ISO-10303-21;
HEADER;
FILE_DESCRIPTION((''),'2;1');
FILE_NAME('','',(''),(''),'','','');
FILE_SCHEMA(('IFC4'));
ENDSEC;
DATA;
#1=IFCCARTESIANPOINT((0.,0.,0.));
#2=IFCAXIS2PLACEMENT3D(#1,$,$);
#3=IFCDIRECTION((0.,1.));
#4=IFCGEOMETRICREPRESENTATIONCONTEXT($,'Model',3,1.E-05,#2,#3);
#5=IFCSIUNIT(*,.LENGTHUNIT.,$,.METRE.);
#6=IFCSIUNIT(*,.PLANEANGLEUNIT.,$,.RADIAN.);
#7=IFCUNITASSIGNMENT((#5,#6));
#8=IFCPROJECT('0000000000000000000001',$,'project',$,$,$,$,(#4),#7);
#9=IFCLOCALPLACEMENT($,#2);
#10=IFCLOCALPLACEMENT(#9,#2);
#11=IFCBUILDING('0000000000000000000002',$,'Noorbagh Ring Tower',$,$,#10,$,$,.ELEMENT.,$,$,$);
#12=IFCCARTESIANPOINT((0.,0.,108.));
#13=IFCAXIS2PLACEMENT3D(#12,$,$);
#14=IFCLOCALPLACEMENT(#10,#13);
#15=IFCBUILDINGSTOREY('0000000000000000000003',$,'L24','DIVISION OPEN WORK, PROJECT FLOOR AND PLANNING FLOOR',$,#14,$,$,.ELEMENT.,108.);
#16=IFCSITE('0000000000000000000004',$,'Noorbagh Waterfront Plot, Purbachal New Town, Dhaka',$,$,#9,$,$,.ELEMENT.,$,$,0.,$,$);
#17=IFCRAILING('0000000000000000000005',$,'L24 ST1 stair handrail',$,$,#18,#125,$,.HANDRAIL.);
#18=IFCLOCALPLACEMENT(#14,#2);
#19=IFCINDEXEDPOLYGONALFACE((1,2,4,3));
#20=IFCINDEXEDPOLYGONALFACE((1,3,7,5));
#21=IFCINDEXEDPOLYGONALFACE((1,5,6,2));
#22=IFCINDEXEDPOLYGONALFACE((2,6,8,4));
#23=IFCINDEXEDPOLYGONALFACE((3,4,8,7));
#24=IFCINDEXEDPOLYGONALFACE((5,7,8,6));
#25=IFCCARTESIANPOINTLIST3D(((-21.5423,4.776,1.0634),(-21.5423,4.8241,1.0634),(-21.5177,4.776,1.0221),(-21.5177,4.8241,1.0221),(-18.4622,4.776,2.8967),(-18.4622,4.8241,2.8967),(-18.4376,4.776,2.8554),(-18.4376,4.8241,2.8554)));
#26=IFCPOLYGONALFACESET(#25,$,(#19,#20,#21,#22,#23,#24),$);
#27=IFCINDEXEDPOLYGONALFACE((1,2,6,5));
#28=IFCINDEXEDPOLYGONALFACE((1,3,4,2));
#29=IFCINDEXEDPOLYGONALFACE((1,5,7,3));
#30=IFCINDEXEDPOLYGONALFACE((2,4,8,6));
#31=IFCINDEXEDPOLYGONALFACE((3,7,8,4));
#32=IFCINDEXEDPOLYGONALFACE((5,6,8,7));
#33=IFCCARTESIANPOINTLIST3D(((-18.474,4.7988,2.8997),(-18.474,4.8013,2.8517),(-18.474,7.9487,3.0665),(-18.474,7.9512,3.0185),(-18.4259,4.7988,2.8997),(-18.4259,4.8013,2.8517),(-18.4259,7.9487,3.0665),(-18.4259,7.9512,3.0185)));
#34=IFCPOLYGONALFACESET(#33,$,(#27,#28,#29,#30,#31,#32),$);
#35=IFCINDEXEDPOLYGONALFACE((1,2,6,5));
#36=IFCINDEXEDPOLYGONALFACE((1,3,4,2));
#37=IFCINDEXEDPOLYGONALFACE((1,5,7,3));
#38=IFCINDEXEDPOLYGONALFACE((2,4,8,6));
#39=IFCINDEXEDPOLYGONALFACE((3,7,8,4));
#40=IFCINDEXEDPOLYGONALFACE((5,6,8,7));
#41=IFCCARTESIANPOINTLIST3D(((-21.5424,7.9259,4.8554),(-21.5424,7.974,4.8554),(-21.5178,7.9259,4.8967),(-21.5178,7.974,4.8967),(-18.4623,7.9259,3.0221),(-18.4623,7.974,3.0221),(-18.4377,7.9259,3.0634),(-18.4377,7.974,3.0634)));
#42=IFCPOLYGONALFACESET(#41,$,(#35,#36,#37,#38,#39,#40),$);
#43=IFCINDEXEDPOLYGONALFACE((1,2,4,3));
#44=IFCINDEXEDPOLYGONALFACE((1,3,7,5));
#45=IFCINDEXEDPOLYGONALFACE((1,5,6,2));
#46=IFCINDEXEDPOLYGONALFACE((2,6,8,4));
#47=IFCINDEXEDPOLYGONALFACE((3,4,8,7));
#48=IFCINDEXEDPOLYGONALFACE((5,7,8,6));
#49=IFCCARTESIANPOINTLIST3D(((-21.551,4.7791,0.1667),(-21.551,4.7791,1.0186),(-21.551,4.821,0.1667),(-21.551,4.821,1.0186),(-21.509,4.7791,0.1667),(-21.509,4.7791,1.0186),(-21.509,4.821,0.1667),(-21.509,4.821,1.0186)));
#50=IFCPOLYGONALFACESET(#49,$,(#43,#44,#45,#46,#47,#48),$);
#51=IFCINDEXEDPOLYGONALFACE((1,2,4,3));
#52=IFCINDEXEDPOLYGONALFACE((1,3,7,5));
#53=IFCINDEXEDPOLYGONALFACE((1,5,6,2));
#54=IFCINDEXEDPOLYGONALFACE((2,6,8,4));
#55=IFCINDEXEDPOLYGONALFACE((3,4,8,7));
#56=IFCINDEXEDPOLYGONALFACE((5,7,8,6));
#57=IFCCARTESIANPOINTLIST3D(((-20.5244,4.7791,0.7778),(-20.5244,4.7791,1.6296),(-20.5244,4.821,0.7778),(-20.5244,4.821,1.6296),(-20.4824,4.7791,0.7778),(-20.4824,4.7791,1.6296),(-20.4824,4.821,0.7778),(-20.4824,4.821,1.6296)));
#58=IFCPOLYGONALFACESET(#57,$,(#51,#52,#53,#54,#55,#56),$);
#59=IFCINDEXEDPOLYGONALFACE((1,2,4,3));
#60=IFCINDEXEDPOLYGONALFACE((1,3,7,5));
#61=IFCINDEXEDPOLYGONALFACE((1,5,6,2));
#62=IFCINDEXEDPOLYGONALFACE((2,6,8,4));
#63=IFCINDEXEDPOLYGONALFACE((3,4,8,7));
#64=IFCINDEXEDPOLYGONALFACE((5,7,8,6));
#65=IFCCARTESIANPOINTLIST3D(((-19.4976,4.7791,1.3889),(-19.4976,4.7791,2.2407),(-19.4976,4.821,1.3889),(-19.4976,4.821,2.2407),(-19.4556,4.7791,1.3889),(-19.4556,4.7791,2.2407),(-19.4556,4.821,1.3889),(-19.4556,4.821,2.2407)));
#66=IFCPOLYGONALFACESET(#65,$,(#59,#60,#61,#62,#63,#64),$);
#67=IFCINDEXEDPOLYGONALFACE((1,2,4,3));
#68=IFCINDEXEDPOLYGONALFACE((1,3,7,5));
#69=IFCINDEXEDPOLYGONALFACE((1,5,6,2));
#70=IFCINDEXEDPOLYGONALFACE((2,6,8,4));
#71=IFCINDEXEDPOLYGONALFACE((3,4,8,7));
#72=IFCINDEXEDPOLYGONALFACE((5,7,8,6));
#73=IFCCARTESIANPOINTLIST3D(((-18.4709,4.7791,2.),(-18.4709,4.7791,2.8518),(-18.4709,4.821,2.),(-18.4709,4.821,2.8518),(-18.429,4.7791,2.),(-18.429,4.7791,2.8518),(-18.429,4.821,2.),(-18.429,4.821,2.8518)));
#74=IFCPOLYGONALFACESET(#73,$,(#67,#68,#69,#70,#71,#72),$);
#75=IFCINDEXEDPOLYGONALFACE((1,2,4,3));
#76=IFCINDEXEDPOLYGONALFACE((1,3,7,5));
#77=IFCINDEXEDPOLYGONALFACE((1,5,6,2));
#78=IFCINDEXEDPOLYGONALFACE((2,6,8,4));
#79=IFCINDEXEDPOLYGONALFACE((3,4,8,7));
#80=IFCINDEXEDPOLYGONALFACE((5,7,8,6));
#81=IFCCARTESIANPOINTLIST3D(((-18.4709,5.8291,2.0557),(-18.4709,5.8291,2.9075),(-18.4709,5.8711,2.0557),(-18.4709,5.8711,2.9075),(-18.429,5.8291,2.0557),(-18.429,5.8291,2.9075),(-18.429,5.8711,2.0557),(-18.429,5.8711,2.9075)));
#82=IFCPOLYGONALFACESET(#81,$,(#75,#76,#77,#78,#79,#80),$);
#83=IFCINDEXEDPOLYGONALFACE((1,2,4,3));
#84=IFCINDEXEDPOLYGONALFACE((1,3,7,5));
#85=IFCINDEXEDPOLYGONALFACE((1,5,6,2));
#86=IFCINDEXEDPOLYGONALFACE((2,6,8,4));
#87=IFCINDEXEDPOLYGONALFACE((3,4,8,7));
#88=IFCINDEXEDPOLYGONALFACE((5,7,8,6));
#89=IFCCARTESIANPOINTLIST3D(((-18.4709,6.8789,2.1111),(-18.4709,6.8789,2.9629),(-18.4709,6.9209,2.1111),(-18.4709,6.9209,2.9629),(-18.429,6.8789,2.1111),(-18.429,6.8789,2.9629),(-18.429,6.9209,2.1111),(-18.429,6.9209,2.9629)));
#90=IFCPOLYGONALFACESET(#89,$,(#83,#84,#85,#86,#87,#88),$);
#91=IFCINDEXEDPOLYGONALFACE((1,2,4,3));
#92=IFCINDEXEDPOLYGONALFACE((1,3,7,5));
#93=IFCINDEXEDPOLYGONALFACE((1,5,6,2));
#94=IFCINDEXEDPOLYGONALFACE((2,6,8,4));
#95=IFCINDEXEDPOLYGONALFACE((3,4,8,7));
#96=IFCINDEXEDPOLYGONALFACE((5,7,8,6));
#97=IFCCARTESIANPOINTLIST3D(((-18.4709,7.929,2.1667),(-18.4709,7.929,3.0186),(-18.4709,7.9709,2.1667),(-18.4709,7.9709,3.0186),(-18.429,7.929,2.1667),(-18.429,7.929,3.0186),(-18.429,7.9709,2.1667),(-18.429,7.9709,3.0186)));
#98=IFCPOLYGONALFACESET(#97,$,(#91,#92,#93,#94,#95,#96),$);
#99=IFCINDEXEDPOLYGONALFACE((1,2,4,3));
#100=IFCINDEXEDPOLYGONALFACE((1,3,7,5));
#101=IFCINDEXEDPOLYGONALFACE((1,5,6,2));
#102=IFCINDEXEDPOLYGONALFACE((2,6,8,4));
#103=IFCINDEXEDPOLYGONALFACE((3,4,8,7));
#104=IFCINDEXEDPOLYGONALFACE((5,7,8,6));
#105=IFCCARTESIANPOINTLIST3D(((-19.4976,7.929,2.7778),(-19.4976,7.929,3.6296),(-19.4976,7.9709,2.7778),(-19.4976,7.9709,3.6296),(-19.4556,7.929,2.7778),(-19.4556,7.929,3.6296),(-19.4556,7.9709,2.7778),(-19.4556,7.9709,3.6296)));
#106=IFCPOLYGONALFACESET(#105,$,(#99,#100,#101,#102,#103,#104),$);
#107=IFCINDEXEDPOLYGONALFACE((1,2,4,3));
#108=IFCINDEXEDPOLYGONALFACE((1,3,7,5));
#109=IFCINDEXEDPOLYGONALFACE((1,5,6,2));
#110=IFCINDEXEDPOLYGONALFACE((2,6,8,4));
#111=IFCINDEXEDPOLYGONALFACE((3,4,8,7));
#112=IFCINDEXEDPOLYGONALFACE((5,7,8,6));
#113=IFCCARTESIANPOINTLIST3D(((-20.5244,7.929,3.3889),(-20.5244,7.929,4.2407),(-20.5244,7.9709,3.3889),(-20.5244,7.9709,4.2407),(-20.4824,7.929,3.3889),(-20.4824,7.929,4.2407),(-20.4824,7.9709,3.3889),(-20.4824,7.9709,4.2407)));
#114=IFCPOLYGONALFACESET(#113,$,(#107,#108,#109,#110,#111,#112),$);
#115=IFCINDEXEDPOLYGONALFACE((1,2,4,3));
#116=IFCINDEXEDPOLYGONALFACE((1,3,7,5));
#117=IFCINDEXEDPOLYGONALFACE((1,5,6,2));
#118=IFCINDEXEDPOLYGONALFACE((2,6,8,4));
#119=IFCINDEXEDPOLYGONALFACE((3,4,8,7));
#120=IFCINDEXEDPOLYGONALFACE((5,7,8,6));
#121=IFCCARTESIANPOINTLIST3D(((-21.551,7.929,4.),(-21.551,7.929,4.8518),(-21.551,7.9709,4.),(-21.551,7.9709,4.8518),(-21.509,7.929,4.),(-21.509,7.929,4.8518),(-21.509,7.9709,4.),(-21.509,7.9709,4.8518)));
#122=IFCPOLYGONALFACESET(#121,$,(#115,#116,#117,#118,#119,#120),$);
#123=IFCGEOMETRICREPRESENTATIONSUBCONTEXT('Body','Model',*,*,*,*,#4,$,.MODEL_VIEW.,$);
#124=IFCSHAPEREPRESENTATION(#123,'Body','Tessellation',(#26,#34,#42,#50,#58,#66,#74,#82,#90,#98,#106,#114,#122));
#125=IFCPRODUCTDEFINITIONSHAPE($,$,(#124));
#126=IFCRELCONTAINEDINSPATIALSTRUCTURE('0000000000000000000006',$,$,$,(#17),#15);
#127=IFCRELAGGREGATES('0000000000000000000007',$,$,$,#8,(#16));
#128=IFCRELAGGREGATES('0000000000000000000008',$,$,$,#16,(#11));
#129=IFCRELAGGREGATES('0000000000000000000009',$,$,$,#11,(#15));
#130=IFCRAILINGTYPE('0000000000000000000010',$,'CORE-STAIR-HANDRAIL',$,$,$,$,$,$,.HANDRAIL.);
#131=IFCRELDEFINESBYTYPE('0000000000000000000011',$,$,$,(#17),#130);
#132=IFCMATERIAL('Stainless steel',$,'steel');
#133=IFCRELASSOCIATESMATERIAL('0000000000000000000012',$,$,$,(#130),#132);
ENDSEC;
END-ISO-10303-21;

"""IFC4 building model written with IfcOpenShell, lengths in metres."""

from ifc_helpers import new_model, si_unit, direction, frame, origin, origin_2d, place, context, subcontext, project, spatial, rectangle, extrude, material, type_object, element, save


model = new_model("IFC4")

# Units and contexts
model_context = context("Model", 3, precision=1e-05, world=origin(), true_north=direction((0.0, 1.0)))
body_context = subcontext(model_context, "Body", "Model", "MODEL_VIEW")
ifc_project = project(units=[si_unit("LENGTHUNIT", "METRE"), si_unit("PLANEANGLEUNIT", "RADIAN")], contexts=[model_context])

# Site, building, storey
site_placement = place(None, origin())
site = spatial("IfcSite", under=ifc_project, at=site_placement, Name="Noorbagh Waterfront Plot, Purbachal New Town, Dhaka", CompositionType="ELEMENT", RefElevation=0.0)
building_placement = place(site_placement, origin())
building = spatial("IfcBuilding", under=site, at=building_placement, Name="Noorbagh Ring Tower", CompositionType="ELEMENT")
storey_placement = place(building_placement, frame((0.0, 0.0, 108.0)))
storey = spatial("IfcBuildingStorey", under=building, at=storey_placement, Name="L24", Description="DIVISION OPEN WORK, PROJECT FLOOR AND PLANNING FLOOR", CompositionType="ELEMENT", Elevation=108.0)

# Railing
ifc_material_1 = material(Name="Stainless steel", Category="steel")
railing_type_1 = type_object("IfcRailingType", Name="CORE-STAIR-HANDRAIL", PredefinedType="HANDRAIL", material=ifc_material_1)
railing_1_placement = place(storey_placement, frame((-21.53, 4.8, 0.1667)))
element("IfcRailing", 1, at=railing_1_placement, inside=storey, type_object=railing_type_1, Name="L24 ST1 stair handrail", PredefinedType="HANDRAIL", context=body_context, shape_type="SweptSolid", body=[
    extrude(rectangle(XDim=0.0481, YDim=0.0481, at=origin_2d()), frame((0.0, 0.0, 0.876), z_axis=(0.859309, 0.0, 0.511458), x_axis=(0.0, 1.0, 0.0)), (0.0, 0.0, 1.0), 3.5845),
    extrude(rectangle(XDim=0.0481, YDim=0.0481, at=origin_2d()), frame((3.0801, 0.0, 2.709), z_axis=(0.0, 0.998602, 0.052864), x_axis=(-1.0, 0.0, 0.0)), (0.0, 0.0, 1.0), 3.1543),
    extrude(rectangle(XDim=0.0481, YDim=0.0481, at=origin_2d()), frame((3.0801, 3.1499, 2.876), z_axis=(-0.859309, 0.0, 0.511458), x_axis=(0.0, -1.0, 0.0)), (0.0, 0.0, 1.0), 3.5845),
    extrude(rectangle(XDim=0.042, YDim=0.042, at=origin_2d()), origin(), (0.0, 0.0, 1.0), 0.8518),
    extrude(rectangle(XDim=0.042, YDim=0.042, at=origin_2d()), frame((1.0266, 0.0, 0.6111)), (0.0, 0.0, 1.0), 0.8518),
    extrude(rectangle(XDim=0.042, YDim=0.042, at=origin_2d()), frame((2.0535, 0.0, 1.2222)), (0.0, 0.0, 1.0), 0.8518),
    extrude(rectangle(XDim=0.042, YDim=0.042, at=origin_2d()), frame((3.0801, 0.0, 1.8333)), (0.0, 0.0, 1.0), 0.8518),
    extrude(rectangle(XDim=0.042, YDim=0.042, at=origin_2d()), frame((3.0801, 1.05, 1.8889)), (0.0, 0.0, 1.0), 0.8518),
    extrude(rectangle(XDim=0.042, YDim=0.042, at=origin_2d()), frame((3.0801, 2.0999, 1.9443)), (0.0, 0.0, 1.0), 0.8518),
    extrude(rectangle(XDim=0.042, YDim=0.042, at=origin_2d()), frame((3.0801, 3.1499, 2.0)), (0.0, 0.0, 1.0), 0.8518),
    extrude(rectangle(XDim=0.042, YDim=0.042, at=origin_2d()), frame((2.0535, 3.1499, 2.6111)), (0.0, 0.0, 1.0), 0.8518),
    extrude(rectangle(XDim=0.042, YDim=0.042, at=origin_2d()), frame((1.0266, 3.1499, 3.2222)), (0.0, 0.0, 1.0), 0.8518),
    extrude(rectangle(XDim=0.042, YDim=0.042, at=origin_2d()), frame((0.0, 3.1499, 3.8333)), (0.0, 0.0, 1.0), 0.8518),
])

save(model, "model.ifc")
